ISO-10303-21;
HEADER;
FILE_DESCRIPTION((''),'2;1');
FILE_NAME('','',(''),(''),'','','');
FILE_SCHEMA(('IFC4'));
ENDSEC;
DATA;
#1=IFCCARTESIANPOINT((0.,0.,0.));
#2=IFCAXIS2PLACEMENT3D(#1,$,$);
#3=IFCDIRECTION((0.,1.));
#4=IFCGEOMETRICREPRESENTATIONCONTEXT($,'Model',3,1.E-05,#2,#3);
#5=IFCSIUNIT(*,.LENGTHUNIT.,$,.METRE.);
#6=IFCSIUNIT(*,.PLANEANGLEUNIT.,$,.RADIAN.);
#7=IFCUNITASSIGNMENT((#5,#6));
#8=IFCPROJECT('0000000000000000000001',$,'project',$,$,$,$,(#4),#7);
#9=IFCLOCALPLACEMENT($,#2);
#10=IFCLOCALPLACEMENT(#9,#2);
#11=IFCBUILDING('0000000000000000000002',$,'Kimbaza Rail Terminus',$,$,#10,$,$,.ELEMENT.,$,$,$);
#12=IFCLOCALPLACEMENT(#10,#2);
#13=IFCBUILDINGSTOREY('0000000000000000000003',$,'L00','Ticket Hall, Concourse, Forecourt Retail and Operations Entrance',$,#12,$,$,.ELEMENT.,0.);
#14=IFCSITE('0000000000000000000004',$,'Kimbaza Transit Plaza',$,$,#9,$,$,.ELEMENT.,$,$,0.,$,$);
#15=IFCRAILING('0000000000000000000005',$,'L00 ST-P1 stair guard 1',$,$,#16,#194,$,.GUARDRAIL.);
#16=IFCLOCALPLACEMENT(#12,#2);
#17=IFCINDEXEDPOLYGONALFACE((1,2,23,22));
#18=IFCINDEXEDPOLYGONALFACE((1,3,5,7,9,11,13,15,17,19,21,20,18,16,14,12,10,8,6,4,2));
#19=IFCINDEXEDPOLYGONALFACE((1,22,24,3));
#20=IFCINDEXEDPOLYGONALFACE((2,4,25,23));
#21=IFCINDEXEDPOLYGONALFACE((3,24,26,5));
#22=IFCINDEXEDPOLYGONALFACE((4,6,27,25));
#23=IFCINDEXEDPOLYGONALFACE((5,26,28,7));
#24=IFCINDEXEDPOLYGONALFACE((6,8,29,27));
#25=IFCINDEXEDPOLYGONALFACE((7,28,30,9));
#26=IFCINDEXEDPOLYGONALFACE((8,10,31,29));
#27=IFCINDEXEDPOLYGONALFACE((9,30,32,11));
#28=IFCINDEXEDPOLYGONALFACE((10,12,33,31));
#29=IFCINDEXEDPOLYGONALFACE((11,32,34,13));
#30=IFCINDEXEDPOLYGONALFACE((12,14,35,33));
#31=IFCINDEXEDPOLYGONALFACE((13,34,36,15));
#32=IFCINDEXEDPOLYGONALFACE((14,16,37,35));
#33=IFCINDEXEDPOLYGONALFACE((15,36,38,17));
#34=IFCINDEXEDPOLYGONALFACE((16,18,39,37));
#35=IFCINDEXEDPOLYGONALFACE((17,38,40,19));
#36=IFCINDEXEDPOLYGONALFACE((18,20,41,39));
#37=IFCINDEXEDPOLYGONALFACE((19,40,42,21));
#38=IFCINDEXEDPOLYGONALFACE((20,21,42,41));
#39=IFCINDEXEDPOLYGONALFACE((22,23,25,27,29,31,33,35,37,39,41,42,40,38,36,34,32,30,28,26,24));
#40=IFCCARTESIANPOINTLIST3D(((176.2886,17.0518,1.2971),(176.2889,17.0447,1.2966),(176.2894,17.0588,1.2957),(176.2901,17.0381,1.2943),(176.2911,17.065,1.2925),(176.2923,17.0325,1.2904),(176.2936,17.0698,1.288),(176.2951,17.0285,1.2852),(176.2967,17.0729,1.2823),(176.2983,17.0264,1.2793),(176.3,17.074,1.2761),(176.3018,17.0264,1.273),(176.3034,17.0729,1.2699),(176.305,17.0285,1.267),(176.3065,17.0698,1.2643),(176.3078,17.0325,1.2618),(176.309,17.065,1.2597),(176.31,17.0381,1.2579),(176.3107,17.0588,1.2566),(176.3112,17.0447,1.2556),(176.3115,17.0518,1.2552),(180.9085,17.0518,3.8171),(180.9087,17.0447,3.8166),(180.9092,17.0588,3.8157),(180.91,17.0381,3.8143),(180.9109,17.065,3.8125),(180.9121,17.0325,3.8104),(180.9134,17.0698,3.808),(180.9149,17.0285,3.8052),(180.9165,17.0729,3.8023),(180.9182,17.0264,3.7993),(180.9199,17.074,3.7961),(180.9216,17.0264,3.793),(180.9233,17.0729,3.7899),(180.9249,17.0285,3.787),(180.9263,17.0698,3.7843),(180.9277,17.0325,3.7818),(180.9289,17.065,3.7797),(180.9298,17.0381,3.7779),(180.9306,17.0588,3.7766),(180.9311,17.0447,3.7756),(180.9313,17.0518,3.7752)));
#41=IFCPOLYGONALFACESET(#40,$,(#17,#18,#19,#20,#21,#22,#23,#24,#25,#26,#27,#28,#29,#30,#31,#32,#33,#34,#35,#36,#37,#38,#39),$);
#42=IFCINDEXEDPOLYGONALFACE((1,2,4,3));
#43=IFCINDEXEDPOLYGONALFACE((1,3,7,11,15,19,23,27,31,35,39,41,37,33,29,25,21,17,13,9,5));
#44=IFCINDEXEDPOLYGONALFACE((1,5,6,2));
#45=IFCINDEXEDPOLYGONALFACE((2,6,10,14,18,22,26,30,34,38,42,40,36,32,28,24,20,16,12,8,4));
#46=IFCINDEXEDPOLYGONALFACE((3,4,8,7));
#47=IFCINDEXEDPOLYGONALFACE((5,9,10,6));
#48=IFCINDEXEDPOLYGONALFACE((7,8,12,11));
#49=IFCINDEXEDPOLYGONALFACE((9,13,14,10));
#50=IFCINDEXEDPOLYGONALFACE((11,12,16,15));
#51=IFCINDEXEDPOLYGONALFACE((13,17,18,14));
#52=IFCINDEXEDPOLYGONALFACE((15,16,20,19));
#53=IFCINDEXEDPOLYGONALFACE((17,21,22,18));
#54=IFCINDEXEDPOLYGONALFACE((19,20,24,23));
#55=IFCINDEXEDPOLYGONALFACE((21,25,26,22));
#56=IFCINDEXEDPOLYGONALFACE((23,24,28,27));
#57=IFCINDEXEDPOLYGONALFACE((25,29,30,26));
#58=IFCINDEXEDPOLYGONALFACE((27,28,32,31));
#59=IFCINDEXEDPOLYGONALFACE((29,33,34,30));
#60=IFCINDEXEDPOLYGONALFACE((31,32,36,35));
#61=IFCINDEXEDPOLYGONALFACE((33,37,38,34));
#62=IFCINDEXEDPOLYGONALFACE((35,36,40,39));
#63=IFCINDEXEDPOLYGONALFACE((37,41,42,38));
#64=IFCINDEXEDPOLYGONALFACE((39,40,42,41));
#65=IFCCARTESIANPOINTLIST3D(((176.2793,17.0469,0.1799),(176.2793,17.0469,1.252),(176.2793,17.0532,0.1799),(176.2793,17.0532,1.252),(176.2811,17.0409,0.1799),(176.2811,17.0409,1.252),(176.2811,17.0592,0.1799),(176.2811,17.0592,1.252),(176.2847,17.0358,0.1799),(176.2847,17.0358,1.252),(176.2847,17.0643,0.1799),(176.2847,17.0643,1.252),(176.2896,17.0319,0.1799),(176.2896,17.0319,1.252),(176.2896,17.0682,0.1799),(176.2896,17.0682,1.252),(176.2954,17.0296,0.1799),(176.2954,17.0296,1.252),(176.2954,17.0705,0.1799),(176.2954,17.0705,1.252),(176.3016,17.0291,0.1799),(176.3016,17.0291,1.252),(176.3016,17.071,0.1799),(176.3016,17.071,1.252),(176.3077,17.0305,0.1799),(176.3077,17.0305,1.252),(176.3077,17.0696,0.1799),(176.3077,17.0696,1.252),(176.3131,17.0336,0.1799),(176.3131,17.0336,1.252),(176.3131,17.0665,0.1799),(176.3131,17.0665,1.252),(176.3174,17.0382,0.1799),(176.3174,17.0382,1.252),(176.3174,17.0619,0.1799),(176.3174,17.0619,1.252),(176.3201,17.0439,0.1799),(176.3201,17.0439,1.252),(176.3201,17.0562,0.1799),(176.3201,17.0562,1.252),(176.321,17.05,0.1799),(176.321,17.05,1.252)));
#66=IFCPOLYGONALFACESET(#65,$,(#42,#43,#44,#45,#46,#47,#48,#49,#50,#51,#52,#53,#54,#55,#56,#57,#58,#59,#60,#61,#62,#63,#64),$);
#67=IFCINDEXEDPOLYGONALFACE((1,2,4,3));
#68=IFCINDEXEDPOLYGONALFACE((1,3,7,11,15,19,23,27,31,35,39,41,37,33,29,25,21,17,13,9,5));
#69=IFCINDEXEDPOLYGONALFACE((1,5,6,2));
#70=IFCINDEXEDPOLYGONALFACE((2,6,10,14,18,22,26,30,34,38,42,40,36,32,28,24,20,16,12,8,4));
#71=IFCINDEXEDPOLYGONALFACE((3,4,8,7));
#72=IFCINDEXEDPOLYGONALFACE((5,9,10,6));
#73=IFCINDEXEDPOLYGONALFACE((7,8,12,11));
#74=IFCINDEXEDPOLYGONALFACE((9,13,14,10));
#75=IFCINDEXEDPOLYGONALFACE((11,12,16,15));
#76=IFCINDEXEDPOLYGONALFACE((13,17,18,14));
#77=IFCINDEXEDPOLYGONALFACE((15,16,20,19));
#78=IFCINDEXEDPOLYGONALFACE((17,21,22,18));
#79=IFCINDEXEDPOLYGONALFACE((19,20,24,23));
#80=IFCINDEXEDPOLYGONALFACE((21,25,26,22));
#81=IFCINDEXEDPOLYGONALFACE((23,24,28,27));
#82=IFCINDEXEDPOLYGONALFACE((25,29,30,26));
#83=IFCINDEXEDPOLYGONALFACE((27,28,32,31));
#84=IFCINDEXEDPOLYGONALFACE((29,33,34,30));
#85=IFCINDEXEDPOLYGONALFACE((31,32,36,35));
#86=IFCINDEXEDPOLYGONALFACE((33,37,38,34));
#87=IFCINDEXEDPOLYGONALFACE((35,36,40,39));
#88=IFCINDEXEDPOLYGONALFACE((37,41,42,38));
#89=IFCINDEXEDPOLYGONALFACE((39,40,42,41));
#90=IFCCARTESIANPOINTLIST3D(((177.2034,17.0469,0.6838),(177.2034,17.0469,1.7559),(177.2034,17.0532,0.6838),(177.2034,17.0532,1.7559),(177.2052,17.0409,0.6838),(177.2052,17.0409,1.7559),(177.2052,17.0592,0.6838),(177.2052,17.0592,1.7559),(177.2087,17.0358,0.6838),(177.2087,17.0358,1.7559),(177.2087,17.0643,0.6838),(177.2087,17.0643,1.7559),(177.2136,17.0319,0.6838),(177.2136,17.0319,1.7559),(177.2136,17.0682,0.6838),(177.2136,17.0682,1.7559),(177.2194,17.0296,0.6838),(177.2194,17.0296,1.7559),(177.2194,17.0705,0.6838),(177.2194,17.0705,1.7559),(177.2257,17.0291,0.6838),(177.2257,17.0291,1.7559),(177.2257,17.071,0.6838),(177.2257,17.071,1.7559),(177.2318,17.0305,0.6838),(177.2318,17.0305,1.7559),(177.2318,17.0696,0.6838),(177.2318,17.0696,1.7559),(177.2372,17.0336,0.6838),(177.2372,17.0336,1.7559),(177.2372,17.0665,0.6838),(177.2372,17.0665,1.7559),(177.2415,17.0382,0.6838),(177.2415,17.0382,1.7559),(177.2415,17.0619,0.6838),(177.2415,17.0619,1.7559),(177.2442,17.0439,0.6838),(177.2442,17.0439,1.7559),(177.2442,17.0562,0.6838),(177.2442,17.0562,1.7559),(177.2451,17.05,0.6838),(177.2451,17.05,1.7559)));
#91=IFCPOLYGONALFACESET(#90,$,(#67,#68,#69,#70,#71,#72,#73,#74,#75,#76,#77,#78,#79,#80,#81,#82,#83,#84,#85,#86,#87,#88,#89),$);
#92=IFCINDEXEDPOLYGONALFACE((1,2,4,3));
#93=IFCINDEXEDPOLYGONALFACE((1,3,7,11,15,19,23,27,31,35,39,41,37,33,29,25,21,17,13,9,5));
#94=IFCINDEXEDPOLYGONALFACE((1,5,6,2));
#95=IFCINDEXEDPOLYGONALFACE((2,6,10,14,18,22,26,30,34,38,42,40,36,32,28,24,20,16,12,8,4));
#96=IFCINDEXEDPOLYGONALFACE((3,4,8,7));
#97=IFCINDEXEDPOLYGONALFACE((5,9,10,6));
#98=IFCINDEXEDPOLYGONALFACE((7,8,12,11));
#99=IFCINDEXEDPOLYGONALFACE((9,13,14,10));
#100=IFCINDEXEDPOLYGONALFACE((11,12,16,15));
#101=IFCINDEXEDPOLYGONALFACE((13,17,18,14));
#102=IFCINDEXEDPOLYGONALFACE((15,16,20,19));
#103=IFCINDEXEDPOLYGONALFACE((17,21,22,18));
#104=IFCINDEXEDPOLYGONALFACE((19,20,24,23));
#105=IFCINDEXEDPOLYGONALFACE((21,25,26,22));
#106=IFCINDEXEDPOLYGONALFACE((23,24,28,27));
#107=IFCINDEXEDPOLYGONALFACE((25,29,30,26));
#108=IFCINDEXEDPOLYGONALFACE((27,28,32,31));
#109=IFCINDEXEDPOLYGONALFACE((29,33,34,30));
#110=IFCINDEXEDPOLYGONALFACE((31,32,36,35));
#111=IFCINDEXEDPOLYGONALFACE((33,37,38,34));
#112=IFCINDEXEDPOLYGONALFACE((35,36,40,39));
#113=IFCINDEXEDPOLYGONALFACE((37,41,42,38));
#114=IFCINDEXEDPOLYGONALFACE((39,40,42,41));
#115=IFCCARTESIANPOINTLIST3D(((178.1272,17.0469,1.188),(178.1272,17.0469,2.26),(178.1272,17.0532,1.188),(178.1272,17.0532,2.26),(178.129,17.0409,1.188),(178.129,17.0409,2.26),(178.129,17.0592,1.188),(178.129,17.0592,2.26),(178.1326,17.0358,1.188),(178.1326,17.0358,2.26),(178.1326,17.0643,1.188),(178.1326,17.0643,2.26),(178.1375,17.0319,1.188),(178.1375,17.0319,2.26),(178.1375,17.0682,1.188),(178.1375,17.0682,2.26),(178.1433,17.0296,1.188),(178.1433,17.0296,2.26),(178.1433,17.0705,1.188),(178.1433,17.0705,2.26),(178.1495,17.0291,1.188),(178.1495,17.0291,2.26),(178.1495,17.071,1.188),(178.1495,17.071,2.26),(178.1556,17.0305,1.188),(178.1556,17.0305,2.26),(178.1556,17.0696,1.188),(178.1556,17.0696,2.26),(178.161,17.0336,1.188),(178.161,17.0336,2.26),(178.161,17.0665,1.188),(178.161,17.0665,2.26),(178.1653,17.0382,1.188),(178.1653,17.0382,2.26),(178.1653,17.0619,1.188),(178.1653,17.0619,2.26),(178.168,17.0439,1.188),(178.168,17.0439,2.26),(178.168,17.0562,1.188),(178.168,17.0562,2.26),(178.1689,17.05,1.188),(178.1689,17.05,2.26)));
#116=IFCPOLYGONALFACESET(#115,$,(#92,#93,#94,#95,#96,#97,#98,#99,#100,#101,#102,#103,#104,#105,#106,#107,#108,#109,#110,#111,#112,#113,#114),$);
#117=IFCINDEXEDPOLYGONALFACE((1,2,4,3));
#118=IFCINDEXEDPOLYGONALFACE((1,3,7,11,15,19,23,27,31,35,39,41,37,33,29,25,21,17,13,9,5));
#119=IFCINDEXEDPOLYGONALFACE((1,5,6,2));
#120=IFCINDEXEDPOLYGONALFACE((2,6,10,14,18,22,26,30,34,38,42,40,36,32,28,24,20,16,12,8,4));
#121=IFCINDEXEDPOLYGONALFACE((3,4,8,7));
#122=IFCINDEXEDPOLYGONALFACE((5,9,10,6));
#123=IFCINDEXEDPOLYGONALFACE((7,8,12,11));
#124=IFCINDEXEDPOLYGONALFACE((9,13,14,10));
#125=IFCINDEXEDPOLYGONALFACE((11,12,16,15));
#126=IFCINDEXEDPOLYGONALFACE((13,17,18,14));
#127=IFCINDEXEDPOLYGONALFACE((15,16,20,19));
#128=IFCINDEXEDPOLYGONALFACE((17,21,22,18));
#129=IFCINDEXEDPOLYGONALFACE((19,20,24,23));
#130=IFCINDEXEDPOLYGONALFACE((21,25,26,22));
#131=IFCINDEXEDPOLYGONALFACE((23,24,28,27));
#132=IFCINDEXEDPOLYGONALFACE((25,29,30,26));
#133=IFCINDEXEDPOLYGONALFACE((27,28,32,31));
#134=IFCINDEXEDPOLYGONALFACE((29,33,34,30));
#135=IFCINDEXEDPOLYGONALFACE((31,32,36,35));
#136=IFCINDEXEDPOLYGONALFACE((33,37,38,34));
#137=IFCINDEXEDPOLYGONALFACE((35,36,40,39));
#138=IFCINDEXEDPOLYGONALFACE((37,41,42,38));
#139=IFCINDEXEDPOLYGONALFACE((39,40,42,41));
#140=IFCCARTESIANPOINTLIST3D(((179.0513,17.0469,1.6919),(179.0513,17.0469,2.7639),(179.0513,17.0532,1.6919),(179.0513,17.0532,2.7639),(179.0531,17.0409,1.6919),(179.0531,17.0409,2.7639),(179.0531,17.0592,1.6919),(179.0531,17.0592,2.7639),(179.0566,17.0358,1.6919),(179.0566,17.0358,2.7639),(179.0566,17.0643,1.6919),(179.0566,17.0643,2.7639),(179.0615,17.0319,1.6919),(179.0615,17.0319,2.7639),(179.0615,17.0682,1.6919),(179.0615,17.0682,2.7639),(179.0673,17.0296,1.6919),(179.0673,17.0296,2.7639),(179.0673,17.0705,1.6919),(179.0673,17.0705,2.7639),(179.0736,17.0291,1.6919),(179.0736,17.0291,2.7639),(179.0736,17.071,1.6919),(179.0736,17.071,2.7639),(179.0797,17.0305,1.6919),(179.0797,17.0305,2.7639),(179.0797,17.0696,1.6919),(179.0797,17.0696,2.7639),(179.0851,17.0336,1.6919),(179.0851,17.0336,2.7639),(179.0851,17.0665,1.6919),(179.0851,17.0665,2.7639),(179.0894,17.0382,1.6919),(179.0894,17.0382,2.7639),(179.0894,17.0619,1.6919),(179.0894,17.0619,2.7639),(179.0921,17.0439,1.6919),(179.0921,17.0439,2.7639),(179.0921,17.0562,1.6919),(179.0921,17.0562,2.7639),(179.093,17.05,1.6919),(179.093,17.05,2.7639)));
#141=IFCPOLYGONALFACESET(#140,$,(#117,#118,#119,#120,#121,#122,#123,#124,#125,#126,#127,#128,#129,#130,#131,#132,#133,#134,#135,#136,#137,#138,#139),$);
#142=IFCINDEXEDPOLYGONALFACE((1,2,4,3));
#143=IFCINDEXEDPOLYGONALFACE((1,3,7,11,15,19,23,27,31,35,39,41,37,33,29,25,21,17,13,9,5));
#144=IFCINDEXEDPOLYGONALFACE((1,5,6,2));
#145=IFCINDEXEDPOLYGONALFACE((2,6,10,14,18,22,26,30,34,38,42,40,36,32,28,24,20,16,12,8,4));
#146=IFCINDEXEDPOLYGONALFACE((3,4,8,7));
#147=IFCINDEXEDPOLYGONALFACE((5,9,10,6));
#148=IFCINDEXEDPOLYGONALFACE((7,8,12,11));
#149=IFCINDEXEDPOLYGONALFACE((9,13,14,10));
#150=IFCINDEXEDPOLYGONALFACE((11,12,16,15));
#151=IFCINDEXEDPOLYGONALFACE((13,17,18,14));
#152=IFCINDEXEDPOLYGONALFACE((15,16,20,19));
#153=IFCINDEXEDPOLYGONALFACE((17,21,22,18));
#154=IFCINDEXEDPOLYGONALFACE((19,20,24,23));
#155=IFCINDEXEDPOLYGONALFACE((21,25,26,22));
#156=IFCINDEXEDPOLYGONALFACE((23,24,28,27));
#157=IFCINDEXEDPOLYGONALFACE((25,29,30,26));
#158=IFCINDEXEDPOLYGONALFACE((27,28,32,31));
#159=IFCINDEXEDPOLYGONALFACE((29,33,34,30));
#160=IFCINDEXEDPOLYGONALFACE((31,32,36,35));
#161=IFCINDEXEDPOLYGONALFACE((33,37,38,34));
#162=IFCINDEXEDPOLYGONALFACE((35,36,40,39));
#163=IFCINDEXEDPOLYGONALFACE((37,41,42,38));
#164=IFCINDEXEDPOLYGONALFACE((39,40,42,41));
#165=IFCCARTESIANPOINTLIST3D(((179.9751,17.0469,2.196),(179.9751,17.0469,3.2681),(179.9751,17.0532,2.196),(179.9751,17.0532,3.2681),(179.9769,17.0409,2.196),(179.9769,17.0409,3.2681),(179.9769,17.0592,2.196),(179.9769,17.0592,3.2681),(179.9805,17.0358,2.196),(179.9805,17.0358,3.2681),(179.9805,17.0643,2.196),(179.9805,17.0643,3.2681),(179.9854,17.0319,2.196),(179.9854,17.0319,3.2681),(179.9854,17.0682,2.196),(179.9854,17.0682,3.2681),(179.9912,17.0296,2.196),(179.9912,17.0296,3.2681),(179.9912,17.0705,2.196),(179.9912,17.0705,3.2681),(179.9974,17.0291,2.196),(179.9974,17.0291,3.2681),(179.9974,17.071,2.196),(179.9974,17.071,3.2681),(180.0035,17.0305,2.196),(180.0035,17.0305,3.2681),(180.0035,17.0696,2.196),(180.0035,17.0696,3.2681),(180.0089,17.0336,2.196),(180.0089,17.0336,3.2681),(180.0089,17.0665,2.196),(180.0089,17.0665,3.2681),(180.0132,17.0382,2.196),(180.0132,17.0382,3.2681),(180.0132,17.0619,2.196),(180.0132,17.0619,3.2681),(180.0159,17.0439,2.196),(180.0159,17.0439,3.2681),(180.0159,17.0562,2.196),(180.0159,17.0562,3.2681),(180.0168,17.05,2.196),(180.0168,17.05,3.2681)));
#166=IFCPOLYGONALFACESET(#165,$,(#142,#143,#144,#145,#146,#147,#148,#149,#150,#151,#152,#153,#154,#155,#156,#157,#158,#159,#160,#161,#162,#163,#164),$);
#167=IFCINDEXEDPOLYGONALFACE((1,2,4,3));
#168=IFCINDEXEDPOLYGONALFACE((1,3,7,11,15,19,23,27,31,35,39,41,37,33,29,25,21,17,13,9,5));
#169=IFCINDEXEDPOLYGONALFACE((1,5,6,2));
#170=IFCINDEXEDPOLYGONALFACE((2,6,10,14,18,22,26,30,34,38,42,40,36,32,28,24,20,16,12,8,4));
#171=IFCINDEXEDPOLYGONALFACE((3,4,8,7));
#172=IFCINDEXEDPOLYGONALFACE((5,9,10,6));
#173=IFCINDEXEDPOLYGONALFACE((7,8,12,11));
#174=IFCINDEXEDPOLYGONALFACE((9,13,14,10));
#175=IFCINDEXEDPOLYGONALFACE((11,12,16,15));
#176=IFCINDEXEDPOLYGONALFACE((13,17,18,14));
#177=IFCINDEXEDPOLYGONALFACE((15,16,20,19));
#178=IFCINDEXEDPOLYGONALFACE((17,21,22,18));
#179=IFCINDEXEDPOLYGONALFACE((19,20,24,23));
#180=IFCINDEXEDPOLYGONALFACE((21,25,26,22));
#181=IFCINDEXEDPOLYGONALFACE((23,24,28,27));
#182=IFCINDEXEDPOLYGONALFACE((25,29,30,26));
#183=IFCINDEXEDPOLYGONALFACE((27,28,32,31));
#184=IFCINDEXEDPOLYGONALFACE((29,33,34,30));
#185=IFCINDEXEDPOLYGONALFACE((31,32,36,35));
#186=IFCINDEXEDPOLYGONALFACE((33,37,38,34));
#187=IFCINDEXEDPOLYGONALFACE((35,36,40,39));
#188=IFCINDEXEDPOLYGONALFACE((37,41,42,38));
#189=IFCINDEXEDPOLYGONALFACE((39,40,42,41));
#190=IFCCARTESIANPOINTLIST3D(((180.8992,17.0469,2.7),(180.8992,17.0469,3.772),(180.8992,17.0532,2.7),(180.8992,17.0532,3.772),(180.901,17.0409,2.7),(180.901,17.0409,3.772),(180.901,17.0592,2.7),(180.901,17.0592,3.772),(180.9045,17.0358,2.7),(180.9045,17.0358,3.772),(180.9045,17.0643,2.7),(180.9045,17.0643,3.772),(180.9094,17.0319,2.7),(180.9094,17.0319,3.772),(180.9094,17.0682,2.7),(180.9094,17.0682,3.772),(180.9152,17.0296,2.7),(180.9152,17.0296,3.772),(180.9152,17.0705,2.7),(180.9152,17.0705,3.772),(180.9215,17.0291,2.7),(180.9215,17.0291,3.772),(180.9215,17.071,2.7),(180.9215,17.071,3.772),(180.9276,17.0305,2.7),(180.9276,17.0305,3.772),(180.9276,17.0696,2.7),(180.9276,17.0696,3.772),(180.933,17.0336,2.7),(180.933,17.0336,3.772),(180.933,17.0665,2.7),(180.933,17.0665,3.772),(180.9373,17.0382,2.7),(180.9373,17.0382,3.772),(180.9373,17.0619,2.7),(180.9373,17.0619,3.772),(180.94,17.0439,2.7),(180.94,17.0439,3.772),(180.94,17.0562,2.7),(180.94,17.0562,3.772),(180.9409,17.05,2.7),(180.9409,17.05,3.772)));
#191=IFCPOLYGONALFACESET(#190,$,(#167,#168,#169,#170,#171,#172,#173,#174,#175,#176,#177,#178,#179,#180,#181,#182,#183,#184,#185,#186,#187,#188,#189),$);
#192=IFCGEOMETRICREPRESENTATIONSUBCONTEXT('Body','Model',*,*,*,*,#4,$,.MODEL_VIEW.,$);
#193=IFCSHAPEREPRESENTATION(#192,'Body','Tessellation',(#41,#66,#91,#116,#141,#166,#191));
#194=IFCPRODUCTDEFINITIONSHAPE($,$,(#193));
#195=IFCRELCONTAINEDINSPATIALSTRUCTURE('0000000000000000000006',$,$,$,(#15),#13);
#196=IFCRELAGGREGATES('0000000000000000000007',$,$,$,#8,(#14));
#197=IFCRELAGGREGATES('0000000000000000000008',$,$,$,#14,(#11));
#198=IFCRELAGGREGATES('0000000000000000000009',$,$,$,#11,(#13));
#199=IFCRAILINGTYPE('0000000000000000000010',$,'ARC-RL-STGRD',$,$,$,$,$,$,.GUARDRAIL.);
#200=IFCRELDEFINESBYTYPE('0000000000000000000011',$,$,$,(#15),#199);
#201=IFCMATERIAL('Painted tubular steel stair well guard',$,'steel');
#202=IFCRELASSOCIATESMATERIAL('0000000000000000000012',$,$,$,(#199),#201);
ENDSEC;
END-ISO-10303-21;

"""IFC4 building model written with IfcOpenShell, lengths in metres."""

from ifc_helpers import new_model, si_unit, direction, frame, origin, origin_2d, place, context, subcontext, project, spatial, circle, extrude, material, type_object, element, save


model = new_model("IFC4")

# Units and contexts
model_context = context("Model", 3, precision=1e-05, world=origin(), true_north=direction((0.0, 1.0)))
body_context = subcontext(model_context, "Body", "Model", "MODEL_VIEW")
ifc_project = project(units=[si_unit("LENGTHUNIT", "METRE"), si_unit("PLANEANGLEUNIT", "RADIAN")], contexts=[model_context])

# Site, building, storey
site_placement = place(None, origin())
site = spatial("IfcSite", under=ifc_project, at=site_placement, Name="Kimbaza Transit Plaza", CompositionType="ELEMENT", RefElevation=0.0)
building_placement = place(site_placement, origin())
building = spatial("IfcBuilding", under=site, at=building_placement, Name="Kimbaza Rail Terminus", CompositionType="ELEMENT")
storey_placement = place(building_placement, origin())
storey = spatial("IfcBuildingStorey", under=building, at=storey_placement, Name="L00", Description="Ticket Hall, Concourse, Forecourt Retail and Operations Entrance", CompositionType="ELEMENT", Elevation=0.0)

# Railing
ifc_material_1 = material(Name="Painted tubular steel stair well guard", Category="steel")
railing_type_1 = type_object("IfcRailingType", Name="ARC-RL-STGRD", PredefinedType="GUARDRAIL", material=ifc_material_1)
railing_1_placement = place(storey_placement, frame((176.3, 17.05, 0.1799)))
element("IfcRailing", 1, at=railing_1_placement, inside=storey, type_object=railing_type_1, Name="L00 ST-P1 stair guard 1", PredefinedType="GUARDRAIL", context=body_context, shape_type="SweptSolid", body=[
    extrude(circle(Radius=0.0239, at=origin_2d()), frame((0.0, 0.0, 1.0962), z_axis=(0.877888, 0.0, 0.478865), x_axis=(0.0, 1.0, 0.0)), (0.0, 0.0, 1.0), 5.2625),
    extrude(circle(Radius=0.021, at=origin_2d()), origin(), (0.0, 0.0, 1.0), 1.072),
    extrude(circle(Radius=0.021, at=origin_2d()), frame((0.9241, 0.0, 0.5039)), (0.0, 0.0, 1.0), 1.072),
    extrude(circle(Radius=0.021, at=origin_2d()), frame((1.8479, 0.0, 1.0081)), (0.0, 0.0, 1.0), 1.072),
    extrude(circle(Radius=0.021, at=origin_2d()), frame((2.772, 0.0, 1.512)), (0.0, 0.0, 1.0), 1.072),
    extrude(circle(Radius=0.021, at=origin_2d()), frame((3.6958, 0.0, 2.0161)), (0.0, 0.0, 1.0), 1.072),
    extrude(circle(Radius=0.021, at=origin_2d()), frame((4.6199, 0.0, 2.52)), (0.0, 0.0, 1.0), 1.072),
])

save(model, "model.ifc")
